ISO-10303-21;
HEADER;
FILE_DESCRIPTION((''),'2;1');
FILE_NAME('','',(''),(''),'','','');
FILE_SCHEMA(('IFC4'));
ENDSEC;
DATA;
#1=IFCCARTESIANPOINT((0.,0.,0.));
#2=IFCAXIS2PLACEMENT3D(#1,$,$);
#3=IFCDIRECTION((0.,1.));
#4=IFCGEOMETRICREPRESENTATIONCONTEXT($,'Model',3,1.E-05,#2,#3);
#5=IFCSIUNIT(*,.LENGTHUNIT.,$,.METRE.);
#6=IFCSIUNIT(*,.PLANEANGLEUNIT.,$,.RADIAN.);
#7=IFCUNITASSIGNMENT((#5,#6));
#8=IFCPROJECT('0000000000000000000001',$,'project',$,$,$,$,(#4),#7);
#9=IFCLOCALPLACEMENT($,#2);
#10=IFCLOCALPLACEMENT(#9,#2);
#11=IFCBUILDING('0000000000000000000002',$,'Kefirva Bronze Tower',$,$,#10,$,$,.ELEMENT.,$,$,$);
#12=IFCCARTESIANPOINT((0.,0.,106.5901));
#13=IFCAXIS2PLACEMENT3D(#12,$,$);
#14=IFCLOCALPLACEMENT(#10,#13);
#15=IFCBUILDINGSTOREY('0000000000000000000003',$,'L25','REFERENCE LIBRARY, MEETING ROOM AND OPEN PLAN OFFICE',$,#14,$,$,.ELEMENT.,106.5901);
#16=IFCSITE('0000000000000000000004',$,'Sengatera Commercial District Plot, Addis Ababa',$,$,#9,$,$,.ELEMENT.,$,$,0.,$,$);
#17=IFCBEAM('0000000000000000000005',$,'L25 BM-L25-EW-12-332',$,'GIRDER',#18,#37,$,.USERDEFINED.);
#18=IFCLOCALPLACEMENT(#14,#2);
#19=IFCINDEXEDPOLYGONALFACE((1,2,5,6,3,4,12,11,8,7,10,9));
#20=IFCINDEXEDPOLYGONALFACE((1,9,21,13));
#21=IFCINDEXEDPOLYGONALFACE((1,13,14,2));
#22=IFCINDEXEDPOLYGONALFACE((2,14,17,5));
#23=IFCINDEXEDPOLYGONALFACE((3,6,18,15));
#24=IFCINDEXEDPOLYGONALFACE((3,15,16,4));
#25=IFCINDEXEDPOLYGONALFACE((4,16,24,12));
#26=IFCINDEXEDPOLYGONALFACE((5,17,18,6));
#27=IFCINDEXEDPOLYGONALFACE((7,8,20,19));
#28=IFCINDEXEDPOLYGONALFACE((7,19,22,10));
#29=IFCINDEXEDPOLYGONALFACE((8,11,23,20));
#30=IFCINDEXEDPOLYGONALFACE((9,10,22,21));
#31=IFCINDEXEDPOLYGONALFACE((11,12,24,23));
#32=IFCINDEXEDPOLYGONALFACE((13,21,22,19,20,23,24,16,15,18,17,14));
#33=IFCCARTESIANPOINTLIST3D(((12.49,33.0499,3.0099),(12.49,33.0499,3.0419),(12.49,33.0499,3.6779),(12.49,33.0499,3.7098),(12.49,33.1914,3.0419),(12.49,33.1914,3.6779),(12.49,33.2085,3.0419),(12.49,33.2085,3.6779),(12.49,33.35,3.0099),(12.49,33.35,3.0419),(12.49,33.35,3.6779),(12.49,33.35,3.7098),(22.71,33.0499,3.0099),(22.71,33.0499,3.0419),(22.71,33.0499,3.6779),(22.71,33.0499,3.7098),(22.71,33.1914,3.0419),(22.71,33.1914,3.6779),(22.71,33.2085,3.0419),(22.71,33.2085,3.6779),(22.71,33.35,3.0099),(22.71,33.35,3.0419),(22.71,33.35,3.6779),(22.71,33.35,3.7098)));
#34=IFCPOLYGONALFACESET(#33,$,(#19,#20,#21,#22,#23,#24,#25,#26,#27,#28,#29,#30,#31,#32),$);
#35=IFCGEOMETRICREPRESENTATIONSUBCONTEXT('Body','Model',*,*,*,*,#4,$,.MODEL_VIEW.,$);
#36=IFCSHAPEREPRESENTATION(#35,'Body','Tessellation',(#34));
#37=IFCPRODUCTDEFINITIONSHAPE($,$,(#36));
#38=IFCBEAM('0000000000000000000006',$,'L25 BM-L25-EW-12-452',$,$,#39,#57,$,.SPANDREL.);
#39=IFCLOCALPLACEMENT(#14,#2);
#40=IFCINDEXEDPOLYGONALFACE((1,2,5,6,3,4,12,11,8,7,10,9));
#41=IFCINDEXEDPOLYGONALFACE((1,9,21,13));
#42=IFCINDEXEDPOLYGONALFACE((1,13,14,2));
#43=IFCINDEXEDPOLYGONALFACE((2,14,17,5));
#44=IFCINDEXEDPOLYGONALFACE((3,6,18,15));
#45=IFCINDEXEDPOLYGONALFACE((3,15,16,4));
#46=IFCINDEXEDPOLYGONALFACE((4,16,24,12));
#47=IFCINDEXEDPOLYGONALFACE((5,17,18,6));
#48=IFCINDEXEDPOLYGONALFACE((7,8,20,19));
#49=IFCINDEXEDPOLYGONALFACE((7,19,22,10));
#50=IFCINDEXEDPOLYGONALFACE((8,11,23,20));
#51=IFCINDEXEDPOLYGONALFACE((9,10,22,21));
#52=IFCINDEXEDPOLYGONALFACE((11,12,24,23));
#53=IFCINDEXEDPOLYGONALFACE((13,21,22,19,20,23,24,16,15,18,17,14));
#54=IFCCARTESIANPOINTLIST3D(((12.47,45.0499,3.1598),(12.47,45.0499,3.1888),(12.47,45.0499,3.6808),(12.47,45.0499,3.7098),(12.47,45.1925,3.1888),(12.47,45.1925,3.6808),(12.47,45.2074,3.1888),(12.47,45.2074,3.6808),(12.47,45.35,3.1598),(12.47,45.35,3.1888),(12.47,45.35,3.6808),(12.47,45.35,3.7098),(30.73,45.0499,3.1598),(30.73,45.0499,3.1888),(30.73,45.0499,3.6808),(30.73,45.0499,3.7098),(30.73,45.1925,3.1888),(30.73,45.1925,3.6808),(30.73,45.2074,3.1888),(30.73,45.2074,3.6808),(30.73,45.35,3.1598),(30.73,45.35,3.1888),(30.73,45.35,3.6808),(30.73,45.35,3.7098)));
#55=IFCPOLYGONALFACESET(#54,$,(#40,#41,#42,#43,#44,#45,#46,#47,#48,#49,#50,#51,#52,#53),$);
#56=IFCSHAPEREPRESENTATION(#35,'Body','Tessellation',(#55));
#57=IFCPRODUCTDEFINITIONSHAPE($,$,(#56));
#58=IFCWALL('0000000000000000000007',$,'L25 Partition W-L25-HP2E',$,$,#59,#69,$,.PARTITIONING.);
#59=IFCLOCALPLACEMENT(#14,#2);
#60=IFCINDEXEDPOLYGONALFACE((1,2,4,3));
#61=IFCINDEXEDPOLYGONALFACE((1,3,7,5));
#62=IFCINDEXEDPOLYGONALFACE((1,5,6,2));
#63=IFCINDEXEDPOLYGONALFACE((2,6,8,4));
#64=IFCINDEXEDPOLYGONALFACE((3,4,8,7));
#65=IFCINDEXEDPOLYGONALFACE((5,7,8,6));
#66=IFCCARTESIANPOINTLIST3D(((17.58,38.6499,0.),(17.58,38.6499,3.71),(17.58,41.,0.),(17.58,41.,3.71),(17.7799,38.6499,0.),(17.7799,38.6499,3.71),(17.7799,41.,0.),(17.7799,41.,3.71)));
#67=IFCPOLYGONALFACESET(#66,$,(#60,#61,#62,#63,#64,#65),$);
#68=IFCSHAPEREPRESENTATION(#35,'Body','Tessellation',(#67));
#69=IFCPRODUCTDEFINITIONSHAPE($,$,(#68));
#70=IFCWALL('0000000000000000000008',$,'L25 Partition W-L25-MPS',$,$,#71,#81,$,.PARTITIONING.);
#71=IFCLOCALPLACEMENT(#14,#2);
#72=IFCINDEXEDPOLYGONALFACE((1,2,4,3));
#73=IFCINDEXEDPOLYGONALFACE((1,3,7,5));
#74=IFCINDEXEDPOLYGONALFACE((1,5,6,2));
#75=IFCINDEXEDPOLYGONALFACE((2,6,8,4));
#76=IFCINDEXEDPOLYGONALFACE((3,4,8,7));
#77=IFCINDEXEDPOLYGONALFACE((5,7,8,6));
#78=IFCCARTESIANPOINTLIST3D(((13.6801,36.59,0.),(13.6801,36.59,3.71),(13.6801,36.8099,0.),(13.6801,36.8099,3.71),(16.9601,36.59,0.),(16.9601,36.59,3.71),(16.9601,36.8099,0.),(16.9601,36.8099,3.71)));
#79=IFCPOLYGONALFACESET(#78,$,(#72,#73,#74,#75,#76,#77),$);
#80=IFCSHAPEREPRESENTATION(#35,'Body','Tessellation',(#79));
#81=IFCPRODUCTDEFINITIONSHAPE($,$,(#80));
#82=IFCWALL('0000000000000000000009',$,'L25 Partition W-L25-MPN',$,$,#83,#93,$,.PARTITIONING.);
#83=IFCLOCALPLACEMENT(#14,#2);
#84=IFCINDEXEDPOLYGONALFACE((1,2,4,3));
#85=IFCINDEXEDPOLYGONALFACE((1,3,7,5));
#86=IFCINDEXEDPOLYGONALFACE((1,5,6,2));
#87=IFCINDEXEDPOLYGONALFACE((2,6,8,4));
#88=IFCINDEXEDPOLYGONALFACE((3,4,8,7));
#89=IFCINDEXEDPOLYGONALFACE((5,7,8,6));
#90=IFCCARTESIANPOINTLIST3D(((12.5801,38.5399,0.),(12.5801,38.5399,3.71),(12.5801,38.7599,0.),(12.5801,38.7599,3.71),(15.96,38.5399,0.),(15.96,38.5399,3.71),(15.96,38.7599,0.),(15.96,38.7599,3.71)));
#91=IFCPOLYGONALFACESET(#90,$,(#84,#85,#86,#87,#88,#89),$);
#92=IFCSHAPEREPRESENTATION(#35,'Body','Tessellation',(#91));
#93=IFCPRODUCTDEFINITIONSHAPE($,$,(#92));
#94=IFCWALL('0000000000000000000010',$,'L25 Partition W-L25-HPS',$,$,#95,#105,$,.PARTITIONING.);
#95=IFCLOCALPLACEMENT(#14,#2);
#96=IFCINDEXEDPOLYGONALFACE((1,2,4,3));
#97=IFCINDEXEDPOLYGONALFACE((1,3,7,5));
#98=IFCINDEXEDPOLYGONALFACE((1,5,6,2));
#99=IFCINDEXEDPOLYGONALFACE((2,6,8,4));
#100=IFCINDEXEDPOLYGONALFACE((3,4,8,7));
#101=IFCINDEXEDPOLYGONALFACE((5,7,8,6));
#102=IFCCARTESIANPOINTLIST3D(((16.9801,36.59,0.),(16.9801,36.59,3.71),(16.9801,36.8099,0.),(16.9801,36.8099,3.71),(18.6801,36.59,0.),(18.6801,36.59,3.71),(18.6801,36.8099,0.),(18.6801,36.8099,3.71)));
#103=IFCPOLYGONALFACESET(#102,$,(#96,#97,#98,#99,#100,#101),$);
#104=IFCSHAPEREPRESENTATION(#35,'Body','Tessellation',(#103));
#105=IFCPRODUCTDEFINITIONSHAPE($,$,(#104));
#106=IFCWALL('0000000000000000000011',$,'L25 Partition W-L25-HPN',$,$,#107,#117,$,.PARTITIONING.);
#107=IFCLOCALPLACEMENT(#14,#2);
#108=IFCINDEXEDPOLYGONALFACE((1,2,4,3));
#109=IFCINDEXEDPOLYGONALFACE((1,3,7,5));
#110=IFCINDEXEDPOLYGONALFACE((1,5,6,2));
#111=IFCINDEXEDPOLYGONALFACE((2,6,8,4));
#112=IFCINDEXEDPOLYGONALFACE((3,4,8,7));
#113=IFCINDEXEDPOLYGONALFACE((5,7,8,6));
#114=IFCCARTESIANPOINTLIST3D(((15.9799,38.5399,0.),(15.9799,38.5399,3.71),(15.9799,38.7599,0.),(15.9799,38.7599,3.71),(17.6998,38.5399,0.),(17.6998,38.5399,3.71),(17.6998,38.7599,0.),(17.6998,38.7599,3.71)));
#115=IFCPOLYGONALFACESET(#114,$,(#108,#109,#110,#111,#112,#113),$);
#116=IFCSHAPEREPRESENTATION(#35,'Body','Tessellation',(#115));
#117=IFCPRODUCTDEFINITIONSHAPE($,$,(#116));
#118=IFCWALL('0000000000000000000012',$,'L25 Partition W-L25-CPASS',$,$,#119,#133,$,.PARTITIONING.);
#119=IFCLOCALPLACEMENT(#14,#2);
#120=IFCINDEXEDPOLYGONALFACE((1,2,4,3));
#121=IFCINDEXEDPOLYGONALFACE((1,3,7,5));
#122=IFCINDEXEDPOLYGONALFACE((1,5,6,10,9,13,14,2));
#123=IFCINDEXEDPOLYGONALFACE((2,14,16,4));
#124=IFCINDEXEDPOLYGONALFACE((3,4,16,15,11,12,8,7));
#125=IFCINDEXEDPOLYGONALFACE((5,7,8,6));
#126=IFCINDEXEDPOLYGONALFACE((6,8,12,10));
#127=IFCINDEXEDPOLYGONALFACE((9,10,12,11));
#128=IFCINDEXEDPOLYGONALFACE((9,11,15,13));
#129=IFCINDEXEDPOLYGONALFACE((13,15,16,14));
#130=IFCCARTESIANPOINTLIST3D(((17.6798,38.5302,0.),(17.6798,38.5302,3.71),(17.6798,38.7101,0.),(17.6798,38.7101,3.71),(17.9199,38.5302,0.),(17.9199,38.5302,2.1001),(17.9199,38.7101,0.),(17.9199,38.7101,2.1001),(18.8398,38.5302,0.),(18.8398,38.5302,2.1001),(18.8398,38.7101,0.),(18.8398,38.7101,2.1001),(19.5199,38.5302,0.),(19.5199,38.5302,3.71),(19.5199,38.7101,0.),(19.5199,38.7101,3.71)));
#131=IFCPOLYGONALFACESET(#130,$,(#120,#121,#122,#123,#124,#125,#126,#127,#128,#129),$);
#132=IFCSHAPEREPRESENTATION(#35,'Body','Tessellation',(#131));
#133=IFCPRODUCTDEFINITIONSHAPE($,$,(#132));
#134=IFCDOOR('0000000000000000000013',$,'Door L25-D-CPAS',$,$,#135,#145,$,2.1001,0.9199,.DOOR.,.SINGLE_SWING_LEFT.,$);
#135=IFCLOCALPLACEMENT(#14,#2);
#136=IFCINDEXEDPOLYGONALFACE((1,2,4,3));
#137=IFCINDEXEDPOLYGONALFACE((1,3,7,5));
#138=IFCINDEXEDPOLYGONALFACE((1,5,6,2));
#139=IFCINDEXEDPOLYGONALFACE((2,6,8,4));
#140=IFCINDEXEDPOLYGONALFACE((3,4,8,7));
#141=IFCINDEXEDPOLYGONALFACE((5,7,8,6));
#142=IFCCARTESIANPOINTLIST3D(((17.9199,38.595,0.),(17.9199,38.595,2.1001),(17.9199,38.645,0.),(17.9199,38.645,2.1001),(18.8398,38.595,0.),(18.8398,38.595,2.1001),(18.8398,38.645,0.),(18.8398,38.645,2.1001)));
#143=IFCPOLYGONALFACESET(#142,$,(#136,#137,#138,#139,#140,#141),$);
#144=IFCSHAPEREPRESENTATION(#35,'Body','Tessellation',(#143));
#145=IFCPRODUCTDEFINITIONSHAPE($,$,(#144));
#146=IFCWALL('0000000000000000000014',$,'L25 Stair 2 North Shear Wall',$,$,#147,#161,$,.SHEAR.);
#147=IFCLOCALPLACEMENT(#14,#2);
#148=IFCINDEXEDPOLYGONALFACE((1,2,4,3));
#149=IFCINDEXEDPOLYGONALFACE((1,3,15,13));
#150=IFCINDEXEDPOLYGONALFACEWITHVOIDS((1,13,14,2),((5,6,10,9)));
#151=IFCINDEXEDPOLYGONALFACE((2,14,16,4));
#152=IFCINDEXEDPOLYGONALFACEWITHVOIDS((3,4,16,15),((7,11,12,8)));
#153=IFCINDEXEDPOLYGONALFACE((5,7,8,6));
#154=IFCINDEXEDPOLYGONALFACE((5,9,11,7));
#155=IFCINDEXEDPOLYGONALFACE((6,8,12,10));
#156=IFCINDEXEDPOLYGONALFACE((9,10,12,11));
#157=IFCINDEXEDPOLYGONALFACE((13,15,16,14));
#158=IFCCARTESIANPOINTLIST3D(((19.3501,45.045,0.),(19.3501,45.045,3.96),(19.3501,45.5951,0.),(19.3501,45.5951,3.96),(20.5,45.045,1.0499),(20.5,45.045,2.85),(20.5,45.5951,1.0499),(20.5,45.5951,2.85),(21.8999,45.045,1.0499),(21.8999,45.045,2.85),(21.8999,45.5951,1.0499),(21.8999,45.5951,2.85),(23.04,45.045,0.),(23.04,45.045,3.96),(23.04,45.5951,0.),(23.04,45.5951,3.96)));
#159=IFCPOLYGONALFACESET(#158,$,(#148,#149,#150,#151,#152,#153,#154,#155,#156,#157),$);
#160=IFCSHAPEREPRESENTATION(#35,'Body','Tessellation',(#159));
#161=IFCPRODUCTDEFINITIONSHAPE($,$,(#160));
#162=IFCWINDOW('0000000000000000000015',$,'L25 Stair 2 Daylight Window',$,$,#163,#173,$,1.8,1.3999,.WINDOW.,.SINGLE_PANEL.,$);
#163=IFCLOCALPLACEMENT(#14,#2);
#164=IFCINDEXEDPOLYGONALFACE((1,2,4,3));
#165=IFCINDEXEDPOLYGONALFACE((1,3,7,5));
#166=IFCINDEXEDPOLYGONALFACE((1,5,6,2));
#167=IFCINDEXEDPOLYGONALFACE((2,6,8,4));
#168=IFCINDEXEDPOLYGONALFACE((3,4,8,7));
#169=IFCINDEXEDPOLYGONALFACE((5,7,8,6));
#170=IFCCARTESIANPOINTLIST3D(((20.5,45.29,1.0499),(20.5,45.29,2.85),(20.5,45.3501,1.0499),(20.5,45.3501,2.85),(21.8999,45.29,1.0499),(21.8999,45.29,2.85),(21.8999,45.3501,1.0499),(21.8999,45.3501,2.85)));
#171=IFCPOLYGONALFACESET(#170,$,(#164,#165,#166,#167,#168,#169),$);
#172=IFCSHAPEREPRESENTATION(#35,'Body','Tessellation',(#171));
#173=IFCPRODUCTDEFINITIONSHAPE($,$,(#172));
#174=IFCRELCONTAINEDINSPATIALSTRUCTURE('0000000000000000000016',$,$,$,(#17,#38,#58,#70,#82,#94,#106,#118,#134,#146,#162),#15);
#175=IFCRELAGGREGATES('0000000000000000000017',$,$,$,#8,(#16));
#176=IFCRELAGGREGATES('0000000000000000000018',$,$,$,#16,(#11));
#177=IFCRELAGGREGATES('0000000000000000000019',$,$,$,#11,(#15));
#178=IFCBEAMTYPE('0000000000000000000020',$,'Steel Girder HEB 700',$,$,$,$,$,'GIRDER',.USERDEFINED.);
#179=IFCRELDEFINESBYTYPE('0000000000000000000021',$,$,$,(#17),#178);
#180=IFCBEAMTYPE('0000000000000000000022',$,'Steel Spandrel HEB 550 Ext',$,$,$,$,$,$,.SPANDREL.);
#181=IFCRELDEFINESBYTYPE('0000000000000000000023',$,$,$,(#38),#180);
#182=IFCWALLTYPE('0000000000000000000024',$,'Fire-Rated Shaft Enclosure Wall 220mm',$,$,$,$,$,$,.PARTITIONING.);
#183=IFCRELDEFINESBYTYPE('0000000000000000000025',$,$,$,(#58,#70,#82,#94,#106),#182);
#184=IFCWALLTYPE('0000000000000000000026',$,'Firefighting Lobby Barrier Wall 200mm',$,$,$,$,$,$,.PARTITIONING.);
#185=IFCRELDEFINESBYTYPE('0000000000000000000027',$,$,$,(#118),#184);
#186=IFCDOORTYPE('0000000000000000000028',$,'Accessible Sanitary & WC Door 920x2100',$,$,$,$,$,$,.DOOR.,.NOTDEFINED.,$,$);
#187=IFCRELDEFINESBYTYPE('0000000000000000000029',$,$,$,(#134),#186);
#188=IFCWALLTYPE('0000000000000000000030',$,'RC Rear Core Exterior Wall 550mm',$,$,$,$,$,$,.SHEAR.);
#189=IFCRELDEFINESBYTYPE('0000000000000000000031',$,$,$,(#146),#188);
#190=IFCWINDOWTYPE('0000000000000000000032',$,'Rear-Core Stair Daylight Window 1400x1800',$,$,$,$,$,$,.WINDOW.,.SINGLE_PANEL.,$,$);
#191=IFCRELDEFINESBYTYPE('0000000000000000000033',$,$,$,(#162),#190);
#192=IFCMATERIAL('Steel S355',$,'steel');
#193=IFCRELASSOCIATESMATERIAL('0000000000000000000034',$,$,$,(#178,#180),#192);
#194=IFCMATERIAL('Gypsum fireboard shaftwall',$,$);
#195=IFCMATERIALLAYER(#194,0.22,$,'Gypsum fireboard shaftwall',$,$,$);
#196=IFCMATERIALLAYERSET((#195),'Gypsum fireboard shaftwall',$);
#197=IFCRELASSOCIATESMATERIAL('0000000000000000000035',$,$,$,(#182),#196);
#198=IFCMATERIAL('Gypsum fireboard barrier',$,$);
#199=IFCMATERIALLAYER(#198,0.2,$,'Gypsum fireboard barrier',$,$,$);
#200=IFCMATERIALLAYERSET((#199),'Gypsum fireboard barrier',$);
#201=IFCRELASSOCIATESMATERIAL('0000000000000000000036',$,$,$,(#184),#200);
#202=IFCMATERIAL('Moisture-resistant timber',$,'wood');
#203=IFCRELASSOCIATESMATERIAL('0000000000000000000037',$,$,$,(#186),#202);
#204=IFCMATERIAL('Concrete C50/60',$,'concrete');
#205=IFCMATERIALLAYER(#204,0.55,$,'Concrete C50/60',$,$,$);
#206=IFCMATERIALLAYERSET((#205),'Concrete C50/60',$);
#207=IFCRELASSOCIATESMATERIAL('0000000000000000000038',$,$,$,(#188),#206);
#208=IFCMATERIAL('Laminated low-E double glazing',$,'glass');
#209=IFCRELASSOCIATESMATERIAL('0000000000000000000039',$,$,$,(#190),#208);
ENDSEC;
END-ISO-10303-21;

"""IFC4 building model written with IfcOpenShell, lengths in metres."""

from ifc_helpers import new_model, si_unit, direction, frame, frame_2d, origin, origin_2d, place, context, subcontext, project, spatial, rectangle, i_section, extrude, material, layer, layer_set, material_profile, profile_set, type_object, element, fill, save


model = new_model("IFC4")

# Units and contexts
model_context = context("Model", 3, precision=1e-05, world=origin(), true_north=direction((0.0, 1.0)))
body_context = subcontext(model_context, "Body", "Model", "MODEL_VIEW")
ifc_project = project(units=[si_unit("LENGTHUNIT", "METRE"), si_unit("PLANEANGLEUNIT", "RADIAN")], contexts=[model_context])

# Site, building, storey
site_placement = place(None, origin())
site = spatial("IfcSite", under=ifc_project, at=site_placement, Name="Sengatera Commercial District Plot, Addis Ababa", CompositionType="ELEMENT", RefElevation=0.0)
building_placement = place(site_placement, origin())
building = spatial("IfcBuilding", under=site, at=building_placement, Name="Kefirva Bronze Tower", CompositionType="ELEMENT")
storey_placement = place(building_placement, frame((0.0, 0.0, 106.5901)))
storey = spatial("IfcBuildingStorey", under=building, at=storey_placement, Name="L25", Description="REFERENCE LIBRARY, MEETING ROOM AND OPEN PLAN OFFICE", CompositionType="ELEMENT", Elevation=106.5901)

# Beams
ifc_material_1 = material(Name="Steel S355", Category="steel")
ifc_material_profile_1 = material_profile(ifc_material_1, i_section(OverallWidth=0.3, OverallDepth=0.7, WebThickness=0.0171, FlangeThickness=0.032, at=origin_2d()), Name="HEB 700")
ifc_profile_set_1 = profile_set([ifc_material_profile_1], Name="Steel S355")
beam_type_1 = type_object("IfcBeamType", Name="Steel Girder HEB 700", ElementType="GIRDER", PredefinedType="USERDEFINED", material=ifc_profile_set_1)
beam_1_placement = place(storey_placement, frame((12.49, 33.2, 3.3599), z_axis=(1.0, 0.0, 0.0), x_axis=(0.0, 1.0, 0.0)))
element("IfcBeam", 1, at=beam_1_placement, inside=storey, type_object=beam_type_1, Name="L25 BM-L25-EW-12-332", ObjectType="GIRDER", PredefinedType="USERDEFINED", context=body_context, shape_type="SweptSolid", body=[
    extrude(i_section(OverallWidth=0.3, OverallDepth=0.7, WebThickness=0.0171, FlangeThickness=0.032, at=origin_2d()), origin(), (0.0, 0.0, 1.0), 10.22),
])
ifc_material_profile_2 = material_profile(ifc_material_1, i_section(OverallWidth=0.3, OverallDepth=0.55, WebThickness=0.0149, FlangeThickness=0.0291, at=origin_2d()), Name="HEB 550")
ifc_profile_set_2 = profile_set([ifc_material_profile_2], Name="Steel S355")
beam_type_2 = type_object("IfcBeamType", Name="Steel Spandrel HEB 550 Ext", PredefinedType="SPANDREL", material=ifc_profile_set_2)
beam_2_placement = place(storey_placement, frame((12.47, 45.2, 3.4348), z_axis=(1.0, 0.0, 0.0), x_axis=(0.0, 1.0, 0.0)))
element("IfcBeam", 2, at=beam_2_placement, inside=storey, type_object=beam_type_2, Name="L25 BM-L25-EW-12-452", PredefinedType="SPANDREL", context=body_context, shape_type="SweptSolid", body=[
    extrude(i_section(OverallWidth=0.3, OverallDepth=0.55, WebThickness=0.0149, FlangeThickness=0.0291, at=origin_2d()), origin(), (0.0, 0.0, 1.0), 18.26),
])

# Walls
ifc_material_2 = material(Name="Gypsum fireboard shaftwall")
ifc_layer_1 = layer(ifc_material_2, 0.22, Name="Gypsum fireboard shaftwall")
ifc_layer_set_1 = layer_set([ifc_layer_1], Name="Gypsum fireboard shaftwall")
wall_type_1 = type_object("IfcWallType", Name="Fire-Rated Shaft Enclosure Wall 220mm", PredefinedType="PARTITIONING", material=ifc_layer_set_1)
wall_1_placement = place(storey_placement, frame((17.6799, 38.6499, 0.0), z_axis=(0.0, 0.0, 1.0), x_axis=(0.0, 1.0, 0.0)))
element("IfcWall", 3, at=wall_1_placement, inside=storey, type_object=wall_type_1, Name="L25 Partition W-L25-HP2E", PredefinedType="PARTITIONING", context=body_context, shape_type="SweptSolid", body=[
    extrude(rectangle(XDim=2.3501, YDim=0.2, at=frame_2d((1.175, 0.0))), origin(), (0.0, 0.0, 1.0), 3.71),
])
wall_2_placement = place(storey_placement, frame((13.6799, 36.7, 0.0), z_axis=(0.0, 0.0, 1.0), x_axis=(1.0, 0.0, 0.0)))
element("IfcWall", 4, at=wall_2_placement, inside=storey, type_object=wall_type_1, Name="L25 Partition W-L25-MPS", PredefinedType="PARTITIONING", context=body_context, shape_type="SweptSolid", body=[
    extrude(rectangle(XDim=3.28, YDim=0.22, at=frame_2d((1.6401, 0.0))), origin(), (0.0, 0.0, 1.0), 3.71),
])
wall_3_placement = place(storey_placement, frame((12.5801, 38.6499, 0.0), z_axis=(0.0, 0.0, 1.0), x_axis=(1.0, 0.0, 0.0)))
element("IfcWall", 5, at=wall_3_placement, inside=storey, type_object=wall_type_1, Name="L25 Partition W-L25-MPN", PredefinedType="PARTITIONING", context=body_context, shape_type="SweptSolid", body=[
    extrude(rectangle(XDim=3.3799, YDim=0.22, at=frame_2d((1.6899, 0.0))), origin(), (0.0, 0.0, 1.0), 3.71),
])
wall_4_placement = place(storey_placement, frame((16.98, 36.7, 0.0), z_axis=(0.0, 0.0, 1.0), x_axis=(1.0, 0.0, 0.0)))
element("IfcWall", 6, at=wall_4_placement, inside=storey, type_object=wall_type_1, Name="L25 Partition W-L25-HPS", PredefinedType="PARTITIONING", context=body_context, shape_type="SweptSolid", body=[
    extrude(rectangle(XDim=1.7, YDim=0.22, at=frame_2d((0.8501, 0.0))), origin(), (0.0, 0.0, 1.0), 3.71),
])
wall_5_placement = place(storey_placement, frame((15.98, 38.6499, 0.0), z_axis=(0.0, 0.0, 1.0), x_axis=(1.0, 0.0, 0.0)))
element("IfcWall", 7, at=wall_5_placement, inside=storey, type_object=wall_type_1, Name="L25 Partition W-L25-HPN", PredefinedType="PARTITIONING", context=body_context, shape_type="SweptSolid", body=[
    extrude(rectangle(XDim=1.72, YDim=0.22, at=frame_2d((0.8599, 0.0))), origin(), (0.0, 0.0, 1.0), 3.71),
])

# Wall, opening, door
ifc_material_3 = material(Name="Gypsum fireboard barrier")
ifc_layer_2 = layer(ifc_material_3, 0.2, Name="Gypsum fireboard barrier")
ifc_layer_set_2 = layer_set([ifc_layer_2], Name="Gypsum fireboard barrier")
wall_type_2 = type_object("IfcWallType", Name="Firefighting Lobby Barrier Wall 200mm", PredefinedType="PARTITIONING", material=ifc_layer_set_2)
wall_6_placement = place(storey_placement, frame((17.6799, 38.6201, 0.0), z_axis=(0.0, 0.0, 1.0), x_axis=(1.0, 0.0, 0.0)))
wall_6 = element("IfcWall", 8, at=wall_6_placement, inside=storey, type_object=wall_type_2, Name="L25 Partition W-L25-CPASS", PredefinedType="PARTITIONING", context=body_context, shape_type="SweptSolid", body=[
    extrude(rectangle(XDim=1.8401, YDim=0.1799, at=frame_2d((0.9199, 0.0))), origin(), (0.0, 0.0, 1.0), 3.71),
])
opening_1_placement = place(wall_6_placement, frame((0.24, 0.0, 0.0)))
opening_1 = element("IfcOpeningElement", 9, at=opening_1_placement, cuts=wall_6, PredefinedType="OPENING", context=body_context, shape_type="SweptSolid", body=[
    extrude(rectangle(XDim=0.9199, YDim=2.1001, at=frame_2d((0.46, 1.05))), frame((0.0, 0.1001, 0.0), z_axis=(0.0, -1.0, 0.0), x_axis=(1.0, 0.0, 0.0)), (0.0, 0.0, 1.0), 0.2),
])
ifc_material_4 = material(Name="Moisture-resistant timber", Category="wood")
door_type = type_object("IfcDoorType", Name="Accessible Sanitary & WC Door 920x2100", OperationType="NOTDEFINED", PredefinedType="DOOR", material=ifc_material_4)
door_placement = place(opening_1_placement, origin())
door = element("IfcDoor", 10, at=door_placement, inside=storey, type_object=door_type, Name="Door L25-D-CPAS", OperationType="SINGLE_SWING_LEFT", OverallHeight=2.1001, OverallWidth=0.9199, PredefinedType="DOOR", context=body_context, shape_type="SweptSolid", body=[
    extrude(rectangle(XDim=0.9199, YDim=2.1001, at=frame_2d((0.46, 1.05))), frame((0.0, 0.0249, 0.0), z_axis=(0.0, -1.0, 0.0), x_axis=(1.0, 0.0, 0.0)), (0.0, 0.0, 1.0), 0.05),
])
fill(opening_1, door)

# Wall, opening, window
ifc_material_5 = material(Name="Concrete C50/60", Category="concrete")
ifc_layer_3 = layer(ifc_material_5, 0.55, Name="Concrete C50/60")
ifc_layer_set_3 = layer_set([ifc_layer_3], Name="Concrete C50/60")
wall_type_3 = type_object("IfcWallType", Name="RC Rear Core Exterior Wall 550mm", PredefinedType="SHEAR", material=ifc_layer_set_3)
wall_7_placement = place(storey_placement, frame((19.3501, 45.3201, 0.0), z_axis=(0.0, 0.0, 1.0), x_axis=(1.0, 0.0, 0.0)))
wall_7 = element("IfcWall", 11, at=wall_7_placement, inside=storey, type_object=wall_type_3, Name="L25 Stair 2 North Shear Wall", PredefinedType="SHEAR", context=body_context, shape_type="SweptSolid", body=[
    extrude(rectangle(XDim=3.6899, YDim=0.55, at=frame_2d((1.845, 0.0))), origin(), (0.0, 0.0, 1.0), 3.96),
])
opening_2_placement = place(wall_7_placement, frame((1.1499, 0.0, 1.05)))
opening_2 = element("IfcOpeningElement", 12, at=opening_2_placement, cuts=wall_7, PredefinedType="OPENING", context=body_context, shape_type="SweptSolid", body=[
    extrude(rectangle(XDim=1.3999, YDim=1.8, at=frame_2d((0.7, 0.8999))), frame((0.0, 0.2852, 0.0), z_axis=(0.0, -1.0, 0.0), x_axis=(1.0, 0.0, 0.0)), (0.0, 0.0, 1.0), 0.5701),
])
ifc_material_6 = material(Name="Laminated low-E double glazing", Category="glass")
window_type = type_object("IfcWindowType", Name="Rear-Core Stair Daylight Window 1400x1800", PartitioningType="SINGLE_PANEL", PredefinedType="WINDOW", material=ifc_material_6)
window_placement = place(opening_2_placement, origin())
window = element("IfcWindow", 13, at=window_placement, inside=storey, type_object=window_type, Name="L25 Stair 2 Daylight Window", OverallHeight=1.8, OverallWidth=1.3999, PartitioningType="SINGLE_PANEL", PredefinedType="WINDOW", context=body_context, shape_type="SweptSolid", body=[
    extrude(rectangle(XDim=1.3999, YDim=1.8, at=frame_2d((0.7, 0.8999))), frame((0.0, 0.03, 0.0), z_axis=(0.0, -1.0, 0.0), x_axis=(1.0, 0.0, 0.0)), (0.0, 0.0, 1.0), 0.0601),
])
fill(opening_2, window)

save(model, "model.ifc")
